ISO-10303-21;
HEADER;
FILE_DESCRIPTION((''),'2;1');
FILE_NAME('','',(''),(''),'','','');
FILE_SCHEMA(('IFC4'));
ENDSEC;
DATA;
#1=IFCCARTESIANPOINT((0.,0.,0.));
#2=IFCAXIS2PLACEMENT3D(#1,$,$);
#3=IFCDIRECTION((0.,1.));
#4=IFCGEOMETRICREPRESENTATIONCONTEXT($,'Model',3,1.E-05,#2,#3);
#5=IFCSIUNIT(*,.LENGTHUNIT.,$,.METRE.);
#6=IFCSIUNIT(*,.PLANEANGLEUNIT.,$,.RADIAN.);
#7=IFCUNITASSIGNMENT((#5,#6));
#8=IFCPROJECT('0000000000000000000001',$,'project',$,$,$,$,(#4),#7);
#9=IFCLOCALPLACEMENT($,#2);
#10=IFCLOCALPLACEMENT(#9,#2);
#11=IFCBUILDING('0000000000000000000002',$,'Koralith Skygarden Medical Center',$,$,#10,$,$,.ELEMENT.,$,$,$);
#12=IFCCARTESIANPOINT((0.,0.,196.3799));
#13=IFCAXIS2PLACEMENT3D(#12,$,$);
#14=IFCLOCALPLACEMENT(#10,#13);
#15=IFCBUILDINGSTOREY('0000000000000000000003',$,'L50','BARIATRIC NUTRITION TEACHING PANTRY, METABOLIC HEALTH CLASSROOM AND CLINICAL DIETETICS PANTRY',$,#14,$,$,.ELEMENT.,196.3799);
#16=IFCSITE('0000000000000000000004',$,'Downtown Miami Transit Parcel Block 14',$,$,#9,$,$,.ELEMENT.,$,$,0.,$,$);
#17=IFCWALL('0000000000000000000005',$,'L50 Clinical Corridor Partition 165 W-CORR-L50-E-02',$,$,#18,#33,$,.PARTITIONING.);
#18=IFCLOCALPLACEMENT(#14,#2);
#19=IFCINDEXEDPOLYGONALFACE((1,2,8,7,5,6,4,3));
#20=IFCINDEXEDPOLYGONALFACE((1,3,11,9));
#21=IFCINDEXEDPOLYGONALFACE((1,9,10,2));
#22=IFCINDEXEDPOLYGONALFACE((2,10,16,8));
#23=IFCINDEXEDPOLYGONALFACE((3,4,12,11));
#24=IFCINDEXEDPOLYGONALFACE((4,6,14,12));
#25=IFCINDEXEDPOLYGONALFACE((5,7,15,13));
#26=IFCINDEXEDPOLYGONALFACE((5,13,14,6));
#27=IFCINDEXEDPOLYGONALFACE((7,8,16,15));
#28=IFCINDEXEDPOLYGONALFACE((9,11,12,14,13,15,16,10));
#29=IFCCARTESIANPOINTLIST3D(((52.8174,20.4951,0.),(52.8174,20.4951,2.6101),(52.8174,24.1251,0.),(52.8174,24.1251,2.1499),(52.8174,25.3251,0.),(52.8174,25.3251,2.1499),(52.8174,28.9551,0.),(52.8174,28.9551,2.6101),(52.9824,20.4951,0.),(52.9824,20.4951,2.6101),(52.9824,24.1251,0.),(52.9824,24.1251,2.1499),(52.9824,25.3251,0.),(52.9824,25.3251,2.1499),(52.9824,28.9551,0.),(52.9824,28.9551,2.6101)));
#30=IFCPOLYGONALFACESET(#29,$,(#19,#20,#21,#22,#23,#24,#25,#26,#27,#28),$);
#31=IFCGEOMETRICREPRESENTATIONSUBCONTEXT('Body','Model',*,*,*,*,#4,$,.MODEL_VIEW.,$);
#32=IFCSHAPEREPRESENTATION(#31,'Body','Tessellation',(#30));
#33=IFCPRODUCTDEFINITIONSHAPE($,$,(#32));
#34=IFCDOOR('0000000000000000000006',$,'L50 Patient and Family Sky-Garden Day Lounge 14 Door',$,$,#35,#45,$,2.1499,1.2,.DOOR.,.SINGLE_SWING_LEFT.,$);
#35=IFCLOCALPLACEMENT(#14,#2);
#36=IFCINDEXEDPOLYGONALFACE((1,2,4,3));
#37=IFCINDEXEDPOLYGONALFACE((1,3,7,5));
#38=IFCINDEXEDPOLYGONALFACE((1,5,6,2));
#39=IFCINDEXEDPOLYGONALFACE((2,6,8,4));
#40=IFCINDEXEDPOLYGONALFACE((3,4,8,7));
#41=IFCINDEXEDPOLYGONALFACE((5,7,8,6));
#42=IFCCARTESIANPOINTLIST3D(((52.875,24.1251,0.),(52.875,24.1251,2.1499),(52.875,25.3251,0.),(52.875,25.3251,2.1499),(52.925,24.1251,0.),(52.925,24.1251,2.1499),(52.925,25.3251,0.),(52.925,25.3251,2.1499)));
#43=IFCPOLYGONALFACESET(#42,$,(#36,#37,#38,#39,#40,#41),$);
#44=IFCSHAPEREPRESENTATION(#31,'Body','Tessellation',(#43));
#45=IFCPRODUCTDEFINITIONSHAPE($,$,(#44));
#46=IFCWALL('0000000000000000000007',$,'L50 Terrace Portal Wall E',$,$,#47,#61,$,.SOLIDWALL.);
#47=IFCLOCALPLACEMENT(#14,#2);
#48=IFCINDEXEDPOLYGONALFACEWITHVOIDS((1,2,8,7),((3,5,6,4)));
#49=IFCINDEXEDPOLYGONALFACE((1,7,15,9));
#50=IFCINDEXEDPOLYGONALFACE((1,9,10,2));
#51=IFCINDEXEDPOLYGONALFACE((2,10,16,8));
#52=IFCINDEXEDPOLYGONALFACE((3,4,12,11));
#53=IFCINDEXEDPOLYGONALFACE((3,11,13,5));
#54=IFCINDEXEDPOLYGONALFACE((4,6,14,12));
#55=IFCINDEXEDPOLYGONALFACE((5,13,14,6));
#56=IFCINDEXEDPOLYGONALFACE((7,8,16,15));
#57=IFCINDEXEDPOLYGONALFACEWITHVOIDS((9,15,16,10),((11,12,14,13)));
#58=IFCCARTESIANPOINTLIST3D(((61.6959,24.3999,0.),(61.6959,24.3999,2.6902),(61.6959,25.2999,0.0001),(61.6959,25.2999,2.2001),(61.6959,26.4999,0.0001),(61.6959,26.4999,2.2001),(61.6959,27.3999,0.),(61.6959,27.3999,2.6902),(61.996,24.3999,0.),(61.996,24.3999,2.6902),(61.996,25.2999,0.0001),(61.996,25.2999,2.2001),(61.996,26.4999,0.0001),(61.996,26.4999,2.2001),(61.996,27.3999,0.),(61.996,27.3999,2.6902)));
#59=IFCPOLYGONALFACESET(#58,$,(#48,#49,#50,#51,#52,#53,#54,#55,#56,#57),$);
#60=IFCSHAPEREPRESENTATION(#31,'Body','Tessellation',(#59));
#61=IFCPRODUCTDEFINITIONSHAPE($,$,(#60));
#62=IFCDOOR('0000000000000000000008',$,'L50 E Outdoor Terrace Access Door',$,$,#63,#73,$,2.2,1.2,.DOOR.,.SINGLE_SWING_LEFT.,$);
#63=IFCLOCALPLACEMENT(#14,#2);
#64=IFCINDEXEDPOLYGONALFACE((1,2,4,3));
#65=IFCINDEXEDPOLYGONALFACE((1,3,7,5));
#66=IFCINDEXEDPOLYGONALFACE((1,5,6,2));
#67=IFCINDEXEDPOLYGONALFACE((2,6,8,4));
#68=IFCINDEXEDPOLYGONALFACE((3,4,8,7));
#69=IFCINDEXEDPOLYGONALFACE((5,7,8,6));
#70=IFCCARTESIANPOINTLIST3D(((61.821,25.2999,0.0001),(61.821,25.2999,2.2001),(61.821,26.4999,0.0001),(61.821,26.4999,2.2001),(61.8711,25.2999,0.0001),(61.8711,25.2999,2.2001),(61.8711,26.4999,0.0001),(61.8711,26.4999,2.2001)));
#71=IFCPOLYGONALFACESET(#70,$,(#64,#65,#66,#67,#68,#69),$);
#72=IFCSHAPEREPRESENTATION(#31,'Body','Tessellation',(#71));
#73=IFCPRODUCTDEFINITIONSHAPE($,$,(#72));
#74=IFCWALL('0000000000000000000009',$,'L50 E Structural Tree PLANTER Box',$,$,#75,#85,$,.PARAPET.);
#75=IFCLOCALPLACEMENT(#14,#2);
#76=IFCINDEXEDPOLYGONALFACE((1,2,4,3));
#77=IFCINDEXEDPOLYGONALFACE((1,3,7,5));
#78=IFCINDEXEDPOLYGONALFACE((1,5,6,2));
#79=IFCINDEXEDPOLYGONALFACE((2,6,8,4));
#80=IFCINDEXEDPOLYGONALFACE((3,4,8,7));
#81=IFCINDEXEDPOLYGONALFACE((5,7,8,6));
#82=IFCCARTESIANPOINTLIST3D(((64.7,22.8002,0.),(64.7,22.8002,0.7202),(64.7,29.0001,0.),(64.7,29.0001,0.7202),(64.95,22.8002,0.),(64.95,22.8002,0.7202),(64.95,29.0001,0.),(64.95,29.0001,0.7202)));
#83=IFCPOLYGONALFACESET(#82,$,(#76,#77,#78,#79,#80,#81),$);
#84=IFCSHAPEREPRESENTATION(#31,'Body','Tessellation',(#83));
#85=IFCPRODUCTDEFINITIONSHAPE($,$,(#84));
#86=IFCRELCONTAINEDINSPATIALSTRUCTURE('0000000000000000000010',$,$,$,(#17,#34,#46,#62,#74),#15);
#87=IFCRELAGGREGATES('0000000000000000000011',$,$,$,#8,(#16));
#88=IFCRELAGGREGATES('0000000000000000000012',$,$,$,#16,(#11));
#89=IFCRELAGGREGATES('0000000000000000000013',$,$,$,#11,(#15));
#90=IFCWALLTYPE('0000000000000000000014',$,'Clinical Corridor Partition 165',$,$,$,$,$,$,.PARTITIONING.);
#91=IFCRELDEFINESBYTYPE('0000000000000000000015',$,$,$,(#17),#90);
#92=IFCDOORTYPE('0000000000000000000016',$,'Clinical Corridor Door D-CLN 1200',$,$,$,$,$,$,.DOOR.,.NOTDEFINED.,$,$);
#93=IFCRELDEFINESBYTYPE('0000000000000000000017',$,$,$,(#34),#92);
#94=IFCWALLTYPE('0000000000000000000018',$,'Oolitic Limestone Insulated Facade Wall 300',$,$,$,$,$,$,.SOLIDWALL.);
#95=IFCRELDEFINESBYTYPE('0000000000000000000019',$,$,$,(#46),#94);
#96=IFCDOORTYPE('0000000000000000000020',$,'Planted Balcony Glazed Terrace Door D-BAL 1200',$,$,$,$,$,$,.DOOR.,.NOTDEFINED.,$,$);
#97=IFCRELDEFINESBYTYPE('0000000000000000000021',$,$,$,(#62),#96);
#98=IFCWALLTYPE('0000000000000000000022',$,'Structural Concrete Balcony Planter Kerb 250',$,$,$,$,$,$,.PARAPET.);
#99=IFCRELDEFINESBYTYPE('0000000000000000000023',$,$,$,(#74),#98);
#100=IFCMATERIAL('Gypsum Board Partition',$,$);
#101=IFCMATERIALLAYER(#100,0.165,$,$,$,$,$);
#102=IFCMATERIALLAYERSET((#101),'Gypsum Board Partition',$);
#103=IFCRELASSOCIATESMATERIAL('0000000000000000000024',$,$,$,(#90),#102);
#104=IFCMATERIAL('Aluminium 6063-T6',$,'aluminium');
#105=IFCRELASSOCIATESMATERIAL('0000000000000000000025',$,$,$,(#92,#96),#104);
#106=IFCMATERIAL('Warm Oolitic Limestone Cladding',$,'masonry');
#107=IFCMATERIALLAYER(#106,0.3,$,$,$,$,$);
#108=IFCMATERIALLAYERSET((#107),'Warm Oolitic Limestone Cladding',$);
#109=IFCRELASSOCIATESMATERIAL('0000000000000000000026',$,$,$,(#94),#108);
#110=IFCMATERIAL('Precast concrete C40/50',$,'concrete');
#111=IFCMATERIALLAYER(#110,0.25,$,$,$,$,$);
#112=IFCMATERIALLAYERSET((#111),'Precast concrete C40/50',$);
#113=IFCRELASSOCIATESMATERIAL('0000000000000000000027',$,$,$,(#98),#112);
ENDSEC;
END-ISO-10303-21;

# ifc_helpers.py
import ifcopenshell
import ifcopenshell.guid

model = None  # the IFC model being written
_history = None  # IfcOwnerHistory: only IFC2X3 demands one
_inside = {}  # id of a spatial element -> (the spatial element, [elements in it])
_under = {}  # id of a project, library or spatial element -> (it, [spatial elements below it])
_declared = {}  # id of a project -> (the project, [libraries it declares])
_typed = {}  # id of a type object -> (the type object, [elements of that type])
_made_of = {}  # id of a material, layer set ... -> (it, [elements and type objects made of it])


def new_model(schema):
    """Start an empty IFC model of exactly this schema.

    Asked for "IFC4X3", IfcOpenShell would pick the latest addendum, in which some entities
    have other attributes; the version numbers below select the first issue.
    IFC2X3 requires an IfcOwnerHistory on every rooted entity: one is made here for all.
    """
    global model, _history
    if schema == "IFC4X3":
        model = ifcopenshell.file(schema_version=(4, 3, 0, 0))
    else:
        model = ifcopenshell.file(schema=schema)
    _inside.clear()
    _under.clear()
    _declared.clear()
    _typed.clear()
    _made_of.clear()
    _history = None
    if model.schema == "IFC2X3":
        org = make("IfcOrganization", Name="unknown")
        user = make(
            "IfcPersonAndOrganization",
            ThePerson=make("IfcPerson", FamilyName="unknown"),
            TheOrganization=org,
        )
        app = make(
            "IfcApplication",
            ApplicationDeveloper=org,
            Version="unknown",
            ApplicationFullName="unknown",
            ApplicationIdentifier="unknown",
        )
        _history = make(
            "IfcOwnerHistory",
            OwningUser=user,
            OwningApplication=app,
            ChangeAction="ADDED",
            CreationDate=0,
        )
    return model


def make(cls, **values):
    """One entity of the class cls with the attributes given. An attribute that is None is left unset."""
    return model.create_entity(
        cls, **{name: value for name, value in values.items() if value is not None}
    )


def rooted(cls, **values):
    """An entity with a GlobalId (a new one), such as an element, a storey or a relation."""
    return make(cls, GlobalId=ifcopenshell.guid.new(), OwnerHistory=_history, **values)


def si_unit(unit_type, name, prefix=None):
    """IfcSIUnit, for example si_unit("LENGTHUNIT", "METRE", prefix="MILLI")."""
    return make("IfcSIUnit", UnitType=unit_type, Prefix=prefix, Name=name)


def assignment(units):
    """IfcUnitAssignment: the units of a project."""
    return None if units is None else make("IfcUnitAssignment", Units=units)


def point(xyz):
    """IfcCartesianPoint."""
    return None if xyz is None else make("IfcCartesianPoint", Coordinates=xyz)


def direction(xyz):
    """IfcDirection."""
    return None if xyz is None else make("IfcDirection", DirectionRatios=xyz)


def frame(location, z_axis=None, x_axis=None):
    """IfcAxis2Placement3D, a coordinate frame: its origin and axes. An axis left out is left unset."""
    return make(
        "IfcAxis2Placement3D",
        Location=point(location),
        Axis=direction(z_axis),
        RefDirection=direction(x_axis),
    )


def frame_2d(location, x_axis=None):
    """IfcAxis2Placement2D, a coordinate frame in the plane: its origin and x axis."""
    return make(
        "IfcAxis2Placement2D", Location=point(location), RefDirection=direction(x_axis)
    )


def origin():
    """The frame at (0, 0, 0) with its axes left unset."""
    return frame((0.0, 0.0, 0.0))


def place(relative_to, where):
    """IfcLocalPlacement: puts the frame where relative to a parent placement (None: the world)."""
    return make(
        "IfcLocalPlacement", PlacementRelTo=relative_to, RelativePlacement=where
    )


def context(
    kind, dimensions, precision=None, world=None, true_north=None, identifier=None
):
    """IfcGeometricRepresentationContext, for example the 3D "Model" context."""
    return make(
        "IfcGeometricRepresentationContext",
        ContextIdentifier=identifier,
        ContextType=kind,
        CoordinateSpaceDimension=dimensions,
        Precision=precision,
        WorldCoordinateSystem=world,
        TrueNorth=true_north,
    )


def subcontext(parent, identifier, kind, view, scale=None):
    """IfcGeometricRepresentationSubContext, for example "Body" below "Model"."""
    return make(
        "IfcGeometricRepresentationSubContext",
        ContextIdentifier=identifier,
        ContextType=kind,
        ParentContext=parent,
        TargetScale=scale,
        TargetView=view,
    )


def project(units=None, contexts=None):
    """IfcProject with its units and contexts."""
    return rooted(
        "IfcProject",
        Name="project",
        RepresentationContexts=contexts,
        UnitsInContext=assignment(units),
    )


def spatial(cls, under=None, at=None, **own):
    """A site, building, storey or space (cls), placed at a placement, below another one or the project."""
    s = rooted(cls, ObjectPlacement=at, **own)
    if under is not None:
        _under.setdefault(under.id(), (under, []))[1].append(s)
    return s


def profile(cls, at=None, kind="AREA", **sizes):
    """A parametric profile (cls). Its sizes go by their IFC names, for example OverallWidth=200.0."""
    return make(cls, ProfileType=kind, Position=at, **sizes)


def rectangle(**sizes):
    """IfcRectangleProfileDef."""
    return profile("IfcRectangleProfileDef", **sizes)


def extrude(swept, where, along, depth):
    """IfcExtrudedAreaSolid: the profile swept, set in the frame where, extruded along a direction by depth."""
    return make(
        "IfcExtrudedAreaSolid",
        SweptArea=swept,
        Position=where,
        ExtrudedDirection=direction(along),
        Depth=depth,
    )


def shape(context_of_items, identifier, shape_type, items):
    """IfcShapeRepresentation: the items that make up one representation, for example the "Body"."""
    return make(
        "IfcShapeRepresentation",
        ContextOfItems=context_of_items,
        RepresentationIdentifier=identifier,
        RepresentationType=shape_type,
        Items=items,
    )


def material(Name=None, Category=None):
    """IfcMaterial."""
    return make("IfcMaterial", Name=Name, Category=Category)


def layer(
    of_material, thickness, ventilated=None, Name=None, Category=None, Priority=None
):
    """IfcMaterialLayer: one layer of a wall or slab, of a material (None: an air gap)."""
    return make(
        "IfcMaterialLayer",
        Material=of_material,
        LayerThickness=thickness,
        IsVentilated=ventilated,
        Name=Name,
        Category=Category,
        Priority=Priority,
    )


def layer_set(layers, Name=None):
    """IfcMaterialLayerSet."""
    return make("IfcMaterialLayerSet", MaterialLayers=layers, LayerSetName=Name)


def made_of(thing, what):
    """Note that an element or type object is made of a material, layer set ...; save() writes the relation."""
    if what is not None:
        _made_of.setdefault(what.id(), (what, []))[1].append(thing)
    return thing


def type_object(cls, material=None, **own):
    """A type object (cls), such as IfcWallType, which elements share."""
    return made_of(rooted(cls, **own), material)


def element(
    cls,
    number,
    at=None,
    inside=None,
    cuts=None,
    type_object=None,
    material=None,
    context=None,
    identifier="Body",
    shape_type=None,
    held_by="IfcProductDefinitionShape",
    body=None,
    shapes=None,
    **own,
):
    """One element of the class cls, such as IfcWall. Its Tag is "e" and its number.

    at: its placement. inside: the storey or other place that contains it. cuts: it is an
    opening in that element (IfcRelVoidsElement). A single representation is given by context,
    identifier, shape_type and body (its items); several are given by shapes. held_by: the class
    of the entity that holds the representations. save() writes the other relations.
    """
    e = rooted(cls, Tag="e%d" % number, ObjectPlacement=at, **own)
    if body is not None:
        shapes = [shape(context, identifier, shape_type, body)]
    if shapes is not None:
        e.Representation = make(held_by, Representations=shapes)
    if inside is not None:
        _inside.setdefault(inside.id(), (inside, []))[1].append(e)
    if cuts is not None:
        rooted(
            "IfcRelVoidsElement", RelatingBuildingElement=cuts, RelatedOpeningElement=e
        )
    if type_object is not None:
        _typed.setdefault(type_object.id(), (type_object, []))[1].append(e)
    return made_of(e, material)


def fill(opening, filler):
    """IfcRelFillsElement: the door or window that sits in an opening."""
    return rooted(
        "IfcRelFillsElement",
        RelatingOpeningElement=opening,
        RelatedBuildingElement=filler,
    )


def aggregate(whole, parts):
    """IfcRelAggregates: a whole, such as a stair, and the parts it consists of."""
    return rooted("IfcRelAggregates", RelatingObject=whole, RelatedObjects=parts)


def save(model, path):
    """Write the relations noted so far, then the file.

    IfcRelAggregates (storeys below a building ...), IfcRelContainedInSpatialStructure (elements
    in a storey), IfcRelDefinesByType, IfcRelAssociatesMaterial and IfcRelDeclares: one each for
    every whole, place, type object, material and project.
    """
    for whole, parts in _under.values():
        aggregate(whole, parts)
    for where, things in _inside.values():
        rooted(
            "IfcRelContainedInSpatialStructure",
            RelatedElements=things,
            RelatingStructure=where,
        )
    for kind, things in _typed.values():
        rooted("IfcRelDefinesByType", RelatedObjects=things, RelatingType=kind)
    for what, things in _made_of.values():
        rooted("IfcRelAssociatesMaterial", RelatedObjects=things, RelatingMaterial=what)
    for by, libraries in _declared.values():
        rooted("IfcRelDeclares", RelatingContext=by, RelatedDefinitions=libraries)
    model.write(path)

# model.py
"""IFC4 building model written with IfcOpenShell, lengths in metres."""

from ifc_helpers import new_model, si_unit, direction, frame, frame_2d, origin, place, context, subcontext, project, spatial, rectangle, extrude, material, layer, layer_set, type_object, element, fill, save


model = new_model("IFC4")

# Units and contexts
model_context = context("Model", 3, precision=1e-05, world=origin(), true_north=direction((0.0, 1.0)))
body_context = subcontext(model_context, "Body", "Model", "MODEL_VIEW")
ifc_project = project(units=[si_unit("LENGTHUNIT", "METRE"), si_unit("PLANEANGLEUNIT", "RADIAN")], contexts=[model_context])

# Site, building, storey
site_placement = place(None, origin())
site = spatial("IfcSite", under=ifc_project, at=site_placement, Name="Downtown Miami Transit Parcel Block 14", CompositionType="ELEMENT", RefElevation=0.0)
building_placement = place(site_placement, origin())
building = spatial("IfcBuilding", under=site, at=building_placement, Name="Koralith Skygarden Medical Center", CompositionType="ELEMENT")
storey_placement = place(building_placement, frame((0.0, 0.0, 196.3799)))
storey = spatial("IfcBuildingStorey", under=building, at=storey_placement, Name="L50", Description="BARIATRIC NUTRITION TEACHING PANTRY, METABOLIC HEALTH CLASSROOM AND CLINICAL DIETETICS PANTRY", CompositionType="ELEMENT", Elevation=196.3799)

# Shared definitions
ifc_material_1 = material(Name="Aluminium 6063-T6", Category="aluminium")

# Shared definitions
ifc_material_2 = material(Name="Gypsum Board Partition")
ifc_layer_1 = layer(ifc_material_2, 0.165)
ifc_layer_set_1 = layer_set([ifc_layer_1], Name="Gypsum Board Partition")
wall_type_1 = type_object("IfcWallType", Name="Clinical Corridor Partition 165", PredefinedType="PARTITIONING", material=ifc_layer_set_1)

# Walls, openings, doors
door_type_1 = type_object("IfcDoorType", Name="Clinical Corridor Door D-CLN 1200", OperationType="NOTDEFINED", PredefinedType="DOOR", material=ifc_material_1)
wall_1_placement = place(storey_placement, frame((52.8999, 20.4951, 0.0), z_axis=(0.0, 0.0, 1.0), x_axis=(0.0, 1.0, 0.0)))
wall_1 = element("IfcWall", 1, at=wall_1_placement, inside=storey, type_object=wall_type_1, Name="L50 Clinical Corridor Partition 165 W-CORR-L50-E-02", PredefinedType="PARTITIONING", context=body_context, shape_type="SweptSolid", body=[
    extrude(rectangle(XDim=8.46, YDim=0.165, at=frame_2d((4.23, 0.0))), origin(), (0.0, 0.0, 1.0), 2.6101),
])
opening_1_placement = place(wall_1_placement, frame((3.6299, 0.0, 0.0)))
opening_1 = element("IfcOpeningElement", 2, at=opening_1_placement, cuts=wall_1, PredefinedType="OPENING", context=body_context, shape_type="SweptSolid", body=[
    extrude(rectangle(XDim=1.2, YDim=2.1499, at=frame_2d((0.6001, 1.075))), frame((0.0, 0.0925, 0.0), z_axis=(0.0, -1.0, 0.0), x_axis=(1.0, 0.0, 0.0)), (0.0, 0.0, 1.0), 0.1851),
])
door_1_placement = place(opening_1_placement, origin())
door_1 = element("IfcDoor", 3, at=door_1_placement, inside=storey, type_object=door_type_1, Name="L50 Patient and Family Sky-Garden Day Lounge 14 Door", OperationType="SINGLE_SWING_LEFT", OverallHeight=2.1499, OverallWidth=1.2, PredefinedType="DOOR", context=body_context, shape_type="SweptSolid", body=[
    extrude(rectangle(XDim=1.2, YDim=2.1499, at=frame_2d((0.6001, 1.075))), frame((0.0, 0.0249, 0.0), z_axis=(0.0, -1.0, 0.0), x_axis=(1.0, 0.0, 0.0)), (0.0, 0.0, 1.0), 0.05),
])
fill(opening_1, door_1)
ifc_material_3 = material(Name="Warm Oolitic Limestone Cladding", Category="masonry")
ifc_layer_2 = layer(ifc_material_3, 0.3)
ifc_layer_set_2 = layer_set([ifc_layer_2], Name="Warm Oolitic Limestone Cladding")
wall_type_2 = type_object("IfcWallType", Name="Oolitic Limestone Insulated Facade Wall 300", PredefinedType="SOLIDWALL", material=ifc_layer_set_2)
wall_2_placement = place(storey_placement, frame((61.8459, 24.3999, 0.0), z_axis=(0.0, 0.0, 1.0), x_axis=(0.0, 1.0, 0.0)))
wall_2 = element("IfcWall", 4, at=wall_2_placement, inside=storey, type_object=wall_type_2, Name="L50 Terrace Portal Wall E", PredefinedType="SOLIDWALL", context=body_context, shape_type="SweptSolid", body=[
    extrude(rectangle(XDim=3.0, YDim=0.3, at=frame_2d((1.5, 0.0))), origin(), (0.0, 0.0, 1.0), 2.6902),
])
opening_2_placement = place(wall_2_placement, frame((0.8999, 0.0, 0.0)))
opening_2 = element("IfcOpeningElement", 5, at=opening_2_placement, cuts=wall_2, PredefinedType="OPENING", context=body_context, shape_type="SweptSolid", body=[
    extrude(rectangle(XDim=1.2, YDim=2.2, at=frame_2d((0.6001, 1.1001))), frame((0.0, 0.1599, 0.0), z_axis=(0.0, -1.0, 0.0), x_axis=(1.0, 0.0, 0.0)), (0.0, 0.0, 1.0), 0.3201),
])
door_type_2 = type_object("IfcDoorType", Name="Planted Balcony Glazed Terrace Door D-BAL 1200", OperationType="NOTDEFINED", PredefinedType="DOOR", material=ifc_material_1)
door_2_placement = place(opening_2_placement, origin())
door_2 = element("IfcDoor", 6, at=door_2_placement, inside=storey, type_object=door_type_2, Name="L50 E Outdoor Terrace Access Door", OperationType="SINGLE_SWING_LEFT", OverallHeight=2.2, OverallWidth=1.2, PredefinedType="DOOR", context=body_context, shape_type="SweptSolid", body=[
    extrude(rectangle(XDim=1.2, YDim=2.2, at=frame_2d((0.6001, 1.1001))), frame((0.0, 0.0249, 0.0), z_axis=(0.0, -1.0, 0.0), x_axis=(1.0, 0.0, 0.0)), (0.0, 0.0, 1.0), 0.05),
])
fill(opening_2, door_2)

# Wall
ifc_material_4 = material(Name="Precast concrete C40/50", Category="concrete")
ifc_layer_3 = layer(ifc_material_4, 0.25)
ifc_layer_set_3 = layer_set([ifc_layer_3], Name="Precast concrete C40/50")
wall_type_3 = type_object("IfcWallType", Name="Structural Concrete Balcony Planter Kerb 250", PredefinedType="PARAPET", material=ifc_layer_set_3)
wall_3_placement = place(storey_placement, frame((64.825, 22.8, 0.0), z_axis=(0.0, 0.0, 1.0), x_axis=(0.0, 1.0, 0.0)))
element("IfcWall", 7, at=wall_3_placement, inside=storey, type_object=wall_type_3, Name="L50 E Structural Tree PLANTER Box", PredefinedType="PARAPET", context=body_context, shape_type="SweptSolid", body=[
    extrude(rectangle(XDim=6.2, YDim=0.25, at=frame_2d((3.1001, 0.0))), origin(), (0.0, 0.0, 1.0), 0.7202),
])

save(model, "model.ifc")
